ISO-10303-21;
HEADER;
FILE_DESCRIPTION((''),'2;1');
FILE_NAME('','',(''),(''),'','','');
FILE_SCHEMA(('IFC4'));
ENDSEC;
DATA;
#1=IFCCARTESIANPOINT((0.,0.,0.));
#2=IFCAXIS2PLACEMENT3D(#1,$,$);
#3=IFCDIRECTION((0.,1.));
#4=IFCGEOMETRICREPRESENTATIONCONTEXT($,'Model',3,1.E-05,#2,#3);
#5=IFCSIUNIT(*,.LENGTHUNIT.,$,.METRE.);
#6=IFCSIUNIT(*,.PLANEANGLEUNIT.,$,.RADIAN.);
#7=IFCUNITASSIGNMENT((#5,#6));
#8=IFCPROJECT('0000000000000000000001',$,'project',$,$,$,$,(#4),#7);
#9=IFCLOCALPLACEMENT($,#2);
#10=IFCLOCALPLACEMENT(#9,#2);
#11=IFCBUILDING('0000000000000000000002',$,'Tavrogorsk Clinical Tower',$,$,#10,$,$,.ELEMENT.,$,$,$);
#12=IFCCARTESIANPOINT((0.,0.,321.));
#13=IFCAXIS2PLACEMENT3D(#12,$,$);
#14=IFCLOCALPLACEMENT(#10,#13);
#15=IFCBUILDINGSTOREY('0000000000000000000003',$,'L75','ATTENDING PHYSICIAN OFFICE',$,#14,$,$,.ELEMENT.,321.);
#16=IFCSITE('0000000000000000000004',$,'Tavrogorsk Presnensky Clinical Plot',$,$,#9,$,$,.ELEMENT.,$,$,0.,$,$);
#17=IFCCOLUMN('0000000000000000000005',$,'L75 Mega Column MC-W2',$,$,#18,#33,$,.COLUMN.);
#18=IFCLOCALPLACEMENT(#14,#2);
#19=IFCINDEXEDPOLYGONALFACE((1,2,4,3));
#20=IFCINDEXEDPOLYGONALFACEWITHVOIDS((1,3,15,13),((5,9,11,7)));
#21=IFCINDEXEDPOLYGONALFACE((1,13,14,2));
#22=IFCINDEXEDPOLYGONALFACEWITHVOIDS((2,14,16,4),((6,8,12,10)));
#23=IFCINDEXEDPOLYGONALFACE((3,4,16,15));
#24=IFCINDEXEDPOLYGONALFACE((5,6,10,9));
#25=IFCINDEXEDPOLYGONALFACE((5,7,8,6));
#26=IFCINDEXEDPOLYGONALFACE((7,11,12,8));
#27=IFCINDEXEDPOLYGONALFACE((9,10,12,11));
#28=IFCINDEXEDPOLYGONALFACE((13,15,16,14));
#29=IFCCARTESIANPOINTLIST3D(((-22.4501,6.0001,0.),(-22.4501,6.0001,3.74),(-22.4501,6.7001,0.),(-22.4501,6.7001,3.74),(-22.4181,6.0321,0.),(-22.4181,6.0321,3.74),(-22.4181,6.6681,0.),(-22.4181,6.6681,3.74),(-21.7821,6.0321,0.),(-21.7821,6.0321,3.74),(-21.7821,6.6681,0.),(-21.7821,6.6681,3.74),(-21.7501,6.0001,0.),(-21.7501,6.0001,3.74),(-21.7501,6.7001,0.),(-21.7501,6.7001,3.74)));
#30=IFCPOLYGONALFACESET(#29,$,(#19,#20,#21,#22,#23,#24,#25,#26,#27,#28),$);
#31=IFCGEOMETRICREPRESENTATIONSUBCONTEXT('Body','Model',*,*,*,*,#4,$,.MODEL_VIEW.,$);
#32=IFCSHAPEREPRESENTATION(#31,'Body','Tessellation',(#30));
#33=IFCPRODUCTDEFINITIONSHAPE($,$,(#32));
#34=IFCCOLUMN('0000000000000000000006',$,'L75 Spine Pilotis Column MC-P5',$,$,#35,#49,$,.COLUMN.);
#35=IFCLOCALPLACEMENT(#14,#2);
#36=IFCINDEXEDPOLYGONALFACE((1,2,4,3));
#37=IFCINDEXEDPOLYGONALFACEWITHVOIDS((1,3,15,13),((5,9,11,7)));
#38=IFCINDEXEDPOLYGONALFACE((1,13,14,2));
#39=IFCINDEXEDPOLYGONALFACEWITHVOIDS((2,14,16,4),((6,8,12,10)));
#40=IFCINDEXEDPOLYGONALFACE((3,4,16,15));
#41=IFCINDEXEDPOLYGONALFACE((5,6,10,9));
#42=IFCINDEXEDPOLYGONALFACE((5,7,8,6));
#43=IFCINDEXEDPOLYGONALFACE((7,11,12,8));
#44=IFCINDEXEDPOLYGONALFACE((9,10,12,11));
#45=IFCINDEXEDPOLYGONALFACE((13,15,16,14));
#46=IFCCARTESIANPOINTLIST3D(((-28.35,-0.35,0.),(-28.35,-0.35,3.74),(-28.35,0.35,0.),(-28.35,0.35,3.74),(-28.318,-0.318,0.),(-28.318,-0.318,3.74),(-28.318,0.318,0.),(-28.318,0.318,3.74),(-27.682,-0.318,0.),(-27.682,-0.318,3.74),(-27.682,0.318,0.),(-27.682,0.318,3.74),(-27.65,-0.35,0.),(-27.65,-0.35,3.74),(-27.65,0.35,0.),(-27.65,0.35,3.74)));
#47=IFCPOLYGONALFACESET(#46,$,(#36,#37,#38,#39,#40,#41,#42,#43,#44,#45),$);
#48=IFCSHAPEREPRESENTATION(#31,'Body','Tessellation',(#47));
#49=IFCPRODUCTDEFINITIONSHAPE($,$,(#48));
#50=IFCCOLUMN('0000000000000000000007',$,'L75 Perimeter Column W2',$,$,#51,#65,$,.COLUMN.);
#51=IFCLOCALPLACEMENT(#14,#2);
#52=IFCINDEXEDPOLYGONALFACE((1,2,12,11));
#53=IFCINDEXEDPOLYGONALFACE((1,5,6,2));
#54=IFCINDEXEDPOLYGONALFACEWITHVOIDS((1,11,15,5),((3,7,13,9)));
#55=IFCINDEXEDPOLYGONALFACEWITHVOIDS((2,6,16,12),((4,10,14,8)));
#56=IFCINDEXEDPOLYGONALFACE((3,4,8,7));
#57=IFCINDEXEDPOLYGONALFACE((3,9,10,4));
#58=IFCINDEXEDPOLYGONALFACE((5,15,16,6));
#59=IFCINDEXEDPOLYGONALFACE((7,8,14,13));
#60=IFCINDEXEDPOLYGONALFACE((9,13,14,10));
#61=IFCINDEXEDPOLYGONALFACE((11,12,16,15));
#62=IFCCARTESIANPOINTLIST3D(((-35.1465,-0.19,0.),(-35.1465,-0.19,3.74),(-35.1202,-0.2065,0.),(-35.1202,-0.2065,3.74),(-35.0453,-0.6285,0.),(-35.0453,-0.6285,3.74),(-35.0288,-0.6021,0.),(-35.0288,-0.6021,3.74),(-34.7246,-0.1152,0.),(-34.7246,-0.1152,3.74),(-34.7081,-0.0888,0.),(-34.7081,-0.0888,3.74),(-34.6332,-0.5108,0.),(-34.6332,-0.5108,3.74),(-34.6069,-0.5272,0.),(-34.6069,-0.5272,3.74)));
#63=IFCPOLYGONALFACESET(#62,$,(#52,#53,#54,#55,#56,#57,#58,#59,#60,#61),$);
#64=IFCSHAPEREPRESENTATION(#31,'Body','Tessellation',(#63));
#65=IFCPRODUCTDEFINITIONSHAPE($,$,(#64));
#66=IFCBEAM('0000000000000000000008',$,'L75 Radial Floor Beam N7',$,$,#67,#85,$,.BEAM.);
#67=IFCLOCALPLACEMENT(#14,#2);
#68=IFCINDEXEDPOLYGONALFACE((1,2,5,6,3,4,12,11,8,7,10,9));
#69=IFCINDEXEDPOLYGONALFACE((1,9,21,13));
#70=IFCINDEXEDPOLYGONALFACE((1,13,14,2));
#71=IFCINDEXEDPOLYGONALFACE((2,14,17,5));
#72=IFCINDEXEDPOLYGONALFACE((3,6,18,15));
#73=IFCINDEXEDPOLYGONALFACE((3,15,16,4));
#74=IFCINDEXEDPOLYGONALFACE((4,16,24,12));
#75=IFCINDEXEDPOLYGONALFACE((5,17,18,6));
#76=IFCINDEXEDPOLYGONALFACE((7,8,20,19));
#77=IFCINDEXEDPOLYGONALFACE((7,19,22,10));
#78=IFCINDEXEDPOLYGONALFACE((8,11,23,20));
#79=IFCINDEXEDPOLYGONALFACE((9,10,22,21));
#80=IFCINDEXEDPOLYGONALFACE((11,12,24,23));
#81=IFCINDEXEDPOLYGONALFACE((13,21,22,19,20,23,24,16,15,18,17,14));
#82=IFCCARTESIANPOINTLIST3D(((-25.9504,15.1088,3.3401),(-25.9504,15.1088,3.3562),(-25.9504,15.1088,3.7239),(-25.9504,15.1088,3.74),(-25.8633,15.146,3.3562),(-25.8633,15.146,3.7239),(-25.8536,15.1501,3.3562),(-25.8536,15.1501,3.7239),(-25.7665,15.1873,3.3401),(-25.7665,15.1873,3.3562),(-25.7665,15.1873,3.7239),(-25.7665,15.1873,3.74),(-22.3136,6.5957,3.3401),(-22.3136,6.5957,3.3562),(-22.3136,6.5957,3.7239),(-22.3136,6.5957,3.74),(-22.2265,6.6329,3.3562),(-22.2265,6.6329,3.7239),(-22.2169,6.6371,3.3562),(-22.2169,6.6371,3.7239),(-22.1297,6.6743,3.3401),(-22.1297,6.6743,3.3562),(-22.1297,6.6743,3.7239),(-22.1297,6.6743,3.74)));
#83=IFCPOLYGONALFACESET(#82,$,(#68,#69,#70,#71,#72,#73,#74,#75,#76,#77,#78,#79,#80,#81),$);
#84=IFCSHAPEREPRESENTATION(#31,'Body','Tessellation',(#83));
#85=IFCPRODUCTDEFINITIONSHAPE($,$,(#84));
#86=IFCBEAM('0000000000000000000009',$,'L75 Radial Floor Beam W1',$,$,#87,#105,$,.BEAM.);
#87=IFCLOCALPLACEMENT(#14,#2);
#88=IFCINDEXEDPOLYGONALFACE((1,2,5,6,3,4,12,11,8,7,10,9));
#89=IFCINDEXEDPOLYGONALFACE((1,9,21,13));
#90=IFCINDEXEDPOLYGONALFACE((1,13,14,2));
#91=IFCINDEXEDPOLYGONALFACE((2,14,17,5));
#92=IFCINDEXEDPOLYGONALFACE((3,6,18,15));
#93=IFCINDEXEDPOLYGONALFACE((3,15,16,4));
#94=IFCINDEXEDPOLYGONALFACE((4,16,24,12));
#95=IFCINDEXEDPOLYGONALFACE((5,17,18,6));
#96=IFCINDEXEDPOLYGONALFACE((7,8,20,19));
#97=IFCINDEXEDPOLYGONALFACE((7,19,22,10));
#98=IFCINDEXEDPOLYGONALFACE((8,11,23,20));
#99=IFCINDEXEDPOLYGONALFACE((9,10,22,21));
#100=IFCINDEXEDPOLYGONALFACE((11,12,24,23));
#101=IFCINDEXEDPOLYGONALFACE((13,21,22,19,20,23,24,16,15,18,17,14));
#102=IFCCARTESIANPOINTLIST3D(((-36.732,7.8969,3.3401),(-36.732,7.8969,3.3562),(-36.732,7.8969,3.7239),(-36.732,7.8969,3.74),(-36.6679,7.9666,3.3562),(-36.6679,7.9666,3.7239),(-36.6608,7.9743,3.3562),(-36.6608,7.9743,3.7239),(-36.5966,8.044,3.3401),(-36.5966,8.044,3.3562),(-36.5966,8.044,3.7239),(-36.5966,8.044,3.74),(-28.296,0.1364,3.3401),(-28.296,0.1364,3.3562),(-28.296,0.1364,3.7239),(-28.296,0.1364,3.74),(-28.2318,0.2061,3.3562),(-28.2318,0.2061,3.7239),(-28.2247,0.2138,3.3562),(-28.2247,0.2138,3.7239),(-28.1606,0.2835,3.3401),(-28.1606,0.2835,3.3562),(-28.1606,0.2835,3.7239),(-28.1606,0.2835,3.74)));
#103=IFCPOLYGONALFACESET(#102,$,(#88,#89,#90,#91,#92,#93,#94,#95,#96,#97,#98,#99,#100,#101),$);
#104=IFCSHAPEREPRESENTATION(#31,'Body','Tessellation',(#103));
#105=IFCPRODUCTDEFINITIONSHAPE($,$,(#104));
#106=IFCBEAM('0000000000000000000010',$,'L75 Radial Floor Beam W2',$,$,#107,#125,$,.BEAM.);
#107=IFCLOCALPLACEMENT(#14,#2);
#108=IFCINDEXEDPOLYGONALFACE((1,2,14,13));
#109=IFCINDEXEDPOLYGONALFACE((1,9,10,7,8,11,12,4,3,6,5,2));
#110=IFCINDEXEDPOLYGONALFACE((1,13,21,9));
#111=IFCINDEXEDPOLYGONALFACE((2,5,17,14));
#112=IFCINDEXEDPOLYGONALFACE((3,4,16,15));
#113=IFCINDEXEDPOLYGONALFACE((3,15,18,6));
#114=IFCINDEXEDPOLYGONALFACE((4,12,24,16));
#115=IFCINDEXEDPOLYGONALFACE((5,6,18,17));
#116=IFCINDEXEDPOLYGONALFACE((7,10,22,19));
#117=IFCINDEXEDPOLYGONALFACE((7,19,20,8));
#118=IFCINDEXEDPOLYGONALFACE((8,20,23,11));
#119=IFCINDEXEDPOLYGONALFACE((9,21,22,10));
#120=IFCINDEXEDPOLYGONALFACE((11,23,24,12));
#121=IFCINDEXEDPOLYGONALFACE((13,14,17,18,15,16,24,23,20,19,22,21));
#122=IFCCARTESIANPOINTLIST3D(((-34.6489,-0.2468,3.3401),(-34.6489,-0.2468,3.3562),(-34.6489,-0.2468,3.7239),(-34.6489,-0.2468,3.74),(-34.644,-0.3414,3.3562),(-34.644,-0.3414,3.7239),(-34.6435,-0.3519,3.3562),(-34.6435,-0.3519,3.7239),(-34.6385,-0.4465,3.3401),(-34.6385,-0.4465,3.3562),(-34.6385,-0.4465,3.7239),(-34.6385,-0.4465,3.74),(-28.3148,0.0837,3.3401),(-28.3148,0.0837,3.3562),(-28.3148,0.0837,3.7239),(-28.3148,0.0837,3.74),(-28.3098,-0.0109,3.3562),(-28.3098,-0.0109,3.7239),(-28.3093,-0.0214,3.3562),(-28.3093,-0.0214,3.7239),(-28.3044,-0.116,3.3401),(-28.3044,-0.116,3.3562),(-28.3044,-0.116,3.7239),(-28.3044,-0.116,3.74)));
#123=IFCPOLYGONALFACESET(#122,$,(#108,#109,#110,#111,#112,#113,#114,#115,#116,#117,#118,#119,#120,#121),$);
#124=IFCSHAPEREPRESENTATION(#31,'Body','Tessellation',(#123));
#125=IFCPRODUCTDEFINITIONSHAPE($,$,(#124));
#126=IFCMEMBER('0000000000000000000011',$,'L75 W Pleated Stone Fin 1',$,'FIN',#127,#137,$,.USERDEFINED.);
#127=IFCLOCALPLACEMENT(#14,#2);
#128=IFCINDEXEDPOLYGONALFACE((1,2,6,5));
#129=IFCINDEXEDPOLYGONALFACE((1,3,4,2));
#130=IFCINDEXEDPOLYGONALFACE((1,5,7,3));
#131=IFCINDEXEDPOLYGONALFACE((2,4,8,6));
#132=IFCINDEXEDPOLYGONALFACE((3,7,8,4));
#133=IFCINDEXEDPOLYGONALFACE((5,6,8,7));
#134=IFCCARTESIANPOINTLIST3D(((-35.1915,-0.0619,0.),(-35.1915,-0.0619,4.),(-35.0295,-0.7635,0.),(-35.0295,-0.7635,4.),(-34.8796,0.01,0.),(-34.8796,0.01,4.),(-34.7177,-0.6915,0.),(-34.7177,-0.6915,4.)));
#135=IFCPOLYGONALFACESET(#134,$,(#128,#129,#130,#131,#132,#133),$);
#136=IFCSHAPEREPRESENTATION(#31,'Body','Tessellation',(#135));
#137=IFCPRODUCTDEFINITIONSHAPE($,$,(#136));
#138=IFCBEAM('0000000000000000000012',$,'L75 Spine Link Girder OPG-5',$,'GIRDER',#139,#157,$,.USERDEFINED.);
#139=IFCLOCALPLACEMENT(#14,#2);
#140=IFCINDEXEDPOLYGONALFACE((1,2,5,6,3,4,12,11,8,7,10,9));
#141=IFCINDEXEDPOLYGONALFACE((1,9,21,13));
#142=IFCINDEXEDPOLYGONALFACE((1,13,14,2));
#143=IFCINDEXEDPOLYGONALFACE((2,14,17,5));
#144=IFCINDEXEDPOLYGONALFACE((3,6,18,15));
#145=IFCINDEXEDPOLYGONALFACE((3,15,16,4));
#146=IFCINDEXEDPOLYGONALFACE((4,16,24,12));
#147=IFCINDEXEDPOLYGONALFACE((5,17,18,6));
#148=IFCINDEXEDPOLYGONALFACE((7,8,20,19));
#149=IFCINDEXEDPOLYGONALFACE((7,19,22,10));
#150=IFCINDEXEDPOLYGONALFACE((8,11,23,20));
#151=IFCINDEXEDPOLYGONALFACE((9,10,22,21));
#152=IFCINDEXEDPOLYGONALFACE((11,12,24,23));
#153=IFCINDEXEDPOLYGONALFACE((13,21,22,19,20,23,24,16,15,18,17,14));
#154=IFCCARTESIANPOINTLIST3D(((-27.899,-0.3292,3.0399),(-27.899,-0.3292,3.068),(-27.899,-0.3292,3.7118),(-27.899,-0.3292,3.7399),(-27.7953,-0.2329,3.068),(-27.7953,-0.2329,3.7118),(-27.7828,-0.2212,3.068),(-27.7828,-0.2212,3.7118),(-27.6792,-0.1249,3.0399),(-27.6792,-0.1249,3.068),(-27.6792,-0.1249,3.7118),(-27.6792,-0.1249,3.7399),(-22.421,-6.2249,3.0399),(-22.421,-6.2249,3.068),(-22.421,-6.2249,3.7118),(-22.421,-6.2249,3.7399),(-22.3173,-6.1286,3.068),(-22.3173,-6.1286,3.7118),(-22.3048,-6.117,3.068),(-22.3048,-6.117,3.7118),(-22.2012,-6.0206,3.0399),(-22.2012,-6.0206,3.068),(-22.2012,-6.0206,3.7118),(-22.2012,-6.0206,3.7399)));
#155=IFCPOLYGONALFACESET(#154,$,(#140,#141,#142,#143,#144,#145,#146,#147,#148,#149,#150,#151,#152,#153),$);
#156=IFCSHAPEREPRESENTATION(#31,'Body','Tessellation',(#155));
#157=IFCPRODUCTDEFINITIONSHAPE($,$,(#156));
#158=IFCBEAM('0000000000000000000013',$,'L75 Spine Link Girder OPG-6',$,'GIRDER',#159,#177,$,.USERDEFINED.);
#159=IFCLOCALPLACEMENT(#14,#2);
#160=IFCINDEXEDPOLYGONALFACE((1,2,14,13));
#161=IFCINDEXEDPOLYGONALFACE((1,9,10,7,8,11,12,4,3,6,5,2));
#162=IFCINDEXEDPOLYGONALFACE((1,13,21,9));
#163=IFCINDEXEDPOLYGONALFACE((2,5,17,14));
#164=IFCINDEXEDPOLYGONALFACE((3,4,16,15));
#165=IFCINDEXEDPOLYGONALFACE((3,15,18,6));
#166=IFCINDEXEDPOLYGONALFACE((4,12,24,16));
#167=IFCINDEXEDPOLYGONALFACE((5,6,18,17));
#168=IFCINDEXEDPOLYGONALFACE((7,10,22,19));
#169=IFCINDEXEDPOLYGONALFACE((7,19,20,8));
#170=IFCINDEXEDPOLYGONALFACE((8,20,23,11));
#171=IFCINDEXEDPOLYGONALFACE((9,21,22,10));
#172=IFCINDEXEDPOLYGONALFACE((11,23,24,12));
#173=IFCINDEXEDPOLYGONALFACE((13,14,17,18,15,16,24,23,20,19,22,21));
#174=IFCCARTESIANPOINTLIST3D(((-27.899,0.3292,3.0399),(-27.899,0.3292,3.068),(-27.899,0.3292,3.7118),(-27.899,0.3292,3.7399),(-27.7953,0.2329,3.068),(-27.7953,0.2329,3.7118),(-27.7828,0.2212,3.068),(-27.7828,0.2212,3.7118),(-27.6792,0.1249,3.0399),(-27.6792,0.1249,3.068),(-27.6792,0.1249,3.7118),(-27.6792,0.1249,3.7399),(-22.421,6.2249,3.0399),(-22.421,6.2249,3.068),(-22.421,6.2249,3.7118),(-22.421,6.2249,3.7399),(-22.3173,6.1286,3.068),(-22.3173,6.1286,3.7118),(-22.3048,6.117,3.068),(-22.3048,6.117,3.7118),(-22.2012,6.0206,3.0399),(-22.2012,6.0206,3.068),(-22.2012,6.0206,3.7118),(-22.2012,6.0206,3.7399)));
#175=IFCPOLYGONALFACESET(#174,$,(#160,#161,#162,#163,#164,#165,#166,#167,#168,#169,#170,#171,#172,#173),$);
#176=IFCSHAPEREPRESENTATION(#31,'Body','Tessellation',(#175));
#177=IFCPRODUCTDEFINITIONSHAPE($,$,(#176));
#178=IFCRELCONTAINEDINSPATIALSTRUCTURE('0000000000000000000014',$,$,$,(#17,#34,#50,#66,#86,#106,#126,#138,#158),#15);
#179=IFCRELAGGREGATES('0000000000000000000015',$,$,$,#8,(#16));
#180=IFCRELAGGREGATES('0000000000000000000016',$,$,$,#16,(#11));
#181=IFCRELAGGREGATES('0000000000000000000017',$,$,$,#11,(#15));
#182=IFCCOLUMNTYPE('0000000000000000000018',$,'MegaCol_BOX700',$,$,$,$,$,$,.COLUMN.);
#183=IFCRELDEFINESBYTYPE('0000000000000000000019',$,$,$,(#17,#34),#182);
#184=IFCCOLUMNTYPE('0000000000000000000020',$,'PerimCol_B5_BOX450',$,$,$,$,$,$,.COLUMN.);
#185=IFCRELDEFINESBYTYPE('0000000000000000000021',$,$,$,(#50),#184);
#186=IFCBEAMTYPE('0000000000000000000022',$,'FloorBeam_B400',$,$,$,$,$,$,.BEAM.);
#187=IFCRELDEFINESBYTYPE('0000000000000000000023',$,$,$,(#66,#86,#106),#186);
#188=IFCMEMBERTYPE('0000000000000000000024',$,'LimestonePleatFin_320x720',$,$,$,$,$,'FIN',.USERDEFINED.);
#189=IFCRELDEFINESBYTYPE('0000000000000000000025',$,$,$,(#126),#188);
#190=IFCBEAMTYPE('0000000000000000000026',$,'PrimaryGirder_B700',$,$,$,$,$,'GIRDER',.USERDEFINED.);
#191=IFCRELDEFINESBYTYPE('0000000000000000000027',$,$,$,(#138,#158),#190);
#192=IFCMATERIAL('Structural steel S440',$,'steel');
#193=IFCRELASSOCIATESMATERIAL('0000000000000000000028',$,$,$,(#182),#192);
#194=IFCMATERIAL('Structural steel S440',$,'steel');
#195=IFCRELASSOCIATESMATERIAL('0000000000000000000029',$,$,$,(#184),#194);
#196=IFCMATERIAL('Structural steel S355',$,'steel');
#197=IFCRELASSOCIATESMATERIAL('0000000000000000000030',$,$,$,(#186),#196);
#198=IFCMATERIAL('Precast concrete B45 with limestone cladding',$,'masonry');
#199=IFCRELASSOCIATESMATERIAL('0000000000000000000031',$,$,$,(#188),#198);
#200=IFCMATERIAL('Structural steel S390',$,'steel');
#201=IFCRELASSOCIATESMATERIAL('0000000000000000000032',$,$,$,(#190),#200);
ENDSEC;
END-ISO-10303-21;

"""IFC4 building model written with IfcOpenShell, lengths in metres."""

from ifc_helpers import new_model, si_unit, direction, frame, origin, origin_2d, place, context, subcontext, project, spatial, rectangle, hollow_rectangle, i_section, extrude, material, material_profile, profile_set, type_object, element, save


model = new_model("IFC4")

# Units and contexts
model_context = context("Model", 3, precision=1e-05, world=origin(), true_north=direction((0.0, 1.0)))
body_context = subcontext(model_context, "Body", "Model", "MODEL_VIEW")
ifc_project = project(units=[si_unit("LENGTHUNIT", "METRE"), si_unit("PLANEANGLEUNIT", "RADIAN")], contexts=[model_context])

# Site, building, storey
site_placement = place(None, origin())
site = spatial("IfcSite", under=ifc_project, at=site_placement, Name="Tavrogorsk Presnensky Clinical Plot", CompositionType="ELEMENT", RefElevation=0.0)
building_placement = place(site_placement, origin())
building = spatial("IfcBuilding", under=site, at=building_placement, Name="Tavrogorsk Clinical Tower", CompositionType="ELEMENT")
storey_placement = place(building_placement, frame((0.0, 0.0, 321.0)))
storey = spatial("IfcBuildingStorey", under=building, at=storey_placement, Name="L75", Description="ATTENDING PHYSICIAN OFFICE", CompositionType="ELEMENT", Elevation=321.0)

# Columns
ifc_material_1 = material(Name="Structural steel S440", Category="steel")
ifc_material_profile_1 = material_profile(ifc_material_1, hollow_rectangle(XDim=0.7, YDim=0.7, WallThickness=0.032, at=origin_2d()), Name="BOX-700x700x32")
ifc_profile_set_1 = profile_set([ifc_material_profile_1], Name="Structural steel S440")
column_type_1 = type_object("IfcColumnType", Name="MegaCol_BOX700", PredefinedType="COLUMN", material=ifc_profile_set_1)
for number, where, z_axis, x_axis, name in (
    (1, (-22.1001, 6.3501, 0.0), (0.0, 0.0, 1.0), (1.0, 0.0, 0.0), "L75 Mega Column MC-W2"),
    (2, (-28.0, 0.0, 0.0), (0.0, 0.0, 1.0), (1.0, 0.0, 0.0), "L75 Spine Pilotis Column MC-P5"),
):
    element("IfcColumn", number, at=place(storey_placement, frame(where, z_axis=z_axis, x_axis=x_axis)), inside=storey, type_object=column_type_1, Name=name, PredefinedType="COLUMN", context=body_context, shape_type="SweptSolid", body=[
        extrude(hollow_rectangle(XDim=0.7, YDim=0.7, WallThickness=0.032, at=origin_2d()), origin(), (0.0, 0.0, 1.0), 3.74),
    ])
ifc_material_2 = material(Name="Structural steel S440", Category="steel")
ifc_material_profile_2 = material_profile(ifc_material_2, hollow_rectangle(XDim=0.45, YDim=0.45, WallThickness=0.022, at=origin_2d()), Name="BOX-450x450x22")
ifc_profile_set_2 = profile_set([ifc_material_profile_2], Name="Structural steel S440")
column_type_2 = type_object("IfcColumnType", Name="PerimCol_B5_BOX450", PredefinedType="COLUMN", material=ifc_profile_set_2)
column_placement = place(storey_placement, frame((-34.8767, -0.3586, 0.0), z_axis=(0.0, 0.0, 1.0), x_axis=(0.97437, 0.224951, 0.0)))
element("IfcColumn", 3, at=column_placement, inside=storey, type_object=column_type_2, Name="L75 Perimeter Column W2", PredefinedType="COLUMN", context=body_context, shape_type="SweptSolid", body=[
    extrude(hollow_rectangle(XDim=0.45, YDim=0.45, WallThickness=0.022, at=origin_2d()), origin(), (0.0, 0.0, 1.0), 3.74),
])

# Beams
ifc_material_3 = material(Name="Structural steel S355", Category="steel")
ifc_material_profile_3 = material_profile(ifc_material_3, i_section(OverallWidth=0.2, OverallDepth=0.3999, WebThickness=0.0105, FlangeThickness=0.0161, at=origin_2d()), Name="B-400x200x10.5x16")
ifc_profile_set_3 = profile_set([ifc_material_profile_3], Name="Structural steel S355")
beam_type_1 = type_object("IfcBeamType", Name="FloorBeam_B400", PredefinedType="BEAM", material=ifc_profile_set_3)
beam_1_placement = place(storey_placement, frame((-22.2217, 6.635, 3.54), z_axis=(-0.392853, 0.919601, 0.0), x_axis=(-0.919601, -0.392853, 0.0)))
element("IfcBeam", 4, at=beam_1_placement, inside=storey, type_object=beam_type_1, Name="L75 Radial Floor Beam N7", PredefinedType="BEAM", context=body_context, shape_type="SweptSolid", body=[
    extrude(i_section(OverallWidth=0.2, OverallDepth=0.3999, WebThickness=0.0105, FlangeThickness=0.0161, at=origin_2d()), origin(), (0.0, 0.0, 1.0), 9.2573),
])
beam_2_placement = place(storey_placement, frame((-28.2283, 0.21, 3.54), z_axis=(-0.735959, 0.677026, 0.0), x_axis=(-0.677026, -0.735959, 0.0)))
element("IfcBeam", 5, at=beam_2_placement, inside=storey, type_object=beam_type_1, Name="L75 Radial Floor Beam W1", PredefinedType="BEAM", context=body_context, shape_type="SweptSolid", body=[
    extrude(i_section(OverallWidth=0.2, OverallDepth=0.3999, WebThickness=0.0105, FlangeThickness=0.0161, at=origin_2d()), origin(), (0.0, 0.0, 1.0), 11.4626),
])
beam_3_placement = place(storey_placement, frame((-28.3096, -0.0161, 3.54), z_axis=(-0.998641, -0.052116, 0.0), x_axis=(0.052116, -0.998641, 0.0)))
element("IfcBeam", 6, at=beam_3_placement, inside=storey, type_object=beam_type_1, Name="L75 Radial Floor Beam W2", PredefinedType="BEAM", context=body_context, shape_type="SweptSolid", body=[
    extrude(i_section(OverallWidth=0.2, OverallDepth=0.3999, WebThickness=0.0105, FlangeThickness=0.0161, at=origin_2d()), origin(), (0.0, 0.0, 1.0), 6.3428),
])

# Member
ifc_material_4 = material(Name="Precast concrete B45 with limestone cladding", Category="masonry")
ifc_material_profile_4 = material_profile(ifc_material_4, rectangle(XDim=0.3201, YDim=0.72, at=origin_2d()), Name="LIMESTONE-FIN-320x720")
ifc_profile_set_4 = profile_set([ifc_material_profile_4], Name="Precast concrete B45 with limestone cladding")
member_type = type_object("IfcMemberType", Name="LimestonePleatFin_320x720", ElementType="FIN", PredefinedType="USERDEFINED", material=ifc_profile_set_4)
member_placement = place(storey_placement, frame((-34.9546, -0.3767, 0.0), z_axis=(0.0, 0.0, 1.0), x_axis=(0.97437, 0.224951, 0.0)))
element("IfcMember", 7, at=member_placement, inside=storey, type_object=member_type, Name="L75 W Pleated Stone Fin 1", ObjectType="FIN", PredefinedType="USERDEFINED", context=body_context, shape_type="SweptSolid", body=[
    extrude(rectangle(XDim=0.3201, YDim=0.72, at=origin_2d()), origin(), (0.0, 0.0, 1.0), 4.0),
])

# Beams
ifc_material_5 = material(Name="Structural steel S390", Category="steel")
ifc_material_profile_5 = material_profile(ifc_material_5, i_section(OverallWidth=0.3, OverallDepth=0.7, WebThickness=0.0171, FlangeThickness=0.0281, at=origin_2d()), Name="B-700x300x17x28")
ifc_profile_set_5 = profile_set([ifc_material_profile_5], Name="Structural steel S390")
beam_type_2 = type_object("IfcBeamType", Name="PrimaryGirder_B700", ElementType="GIRDER", PredefinedType="USERDEFINED", material=ifc_profile_set_5)
for number, where, z_axis, x_axis, name in (
    (8, (-27.7891, -0.2271, 3.3899), (0.680678, -0.732583, 0.0), (0.732583, 0.680678, 0.0), "L75 Spine Link Girder OPG-5"),
    (9, (-27.7891, 0.2271, 3.3899), (0.680678, 0.732583, 0.0), (-0.732583, 0.680678, 0.0), "L75 Spine Link Girder OPG-6"),
):
    element("IfcBeam", number, at=place(storey_placement, frame(where, z_axis=z_axis, x_axis=x_axis)), inside=storey, type_object=beam_type_2, Name=name, ObjectType="GIRDER", PredefinedType="USERDEFINED", context=body_context, shape_type="SweptSolid", body=[
        extrude(i_section(OverallWidth=0.3, OverallDepth=0.7, WebThickness=0.0171, FlangeThickness=0.0281, at=origin_2d()), origin(), (0.0, 0.0, 1.0), 8.0479),
    ])

save(model, "model.ifc")
